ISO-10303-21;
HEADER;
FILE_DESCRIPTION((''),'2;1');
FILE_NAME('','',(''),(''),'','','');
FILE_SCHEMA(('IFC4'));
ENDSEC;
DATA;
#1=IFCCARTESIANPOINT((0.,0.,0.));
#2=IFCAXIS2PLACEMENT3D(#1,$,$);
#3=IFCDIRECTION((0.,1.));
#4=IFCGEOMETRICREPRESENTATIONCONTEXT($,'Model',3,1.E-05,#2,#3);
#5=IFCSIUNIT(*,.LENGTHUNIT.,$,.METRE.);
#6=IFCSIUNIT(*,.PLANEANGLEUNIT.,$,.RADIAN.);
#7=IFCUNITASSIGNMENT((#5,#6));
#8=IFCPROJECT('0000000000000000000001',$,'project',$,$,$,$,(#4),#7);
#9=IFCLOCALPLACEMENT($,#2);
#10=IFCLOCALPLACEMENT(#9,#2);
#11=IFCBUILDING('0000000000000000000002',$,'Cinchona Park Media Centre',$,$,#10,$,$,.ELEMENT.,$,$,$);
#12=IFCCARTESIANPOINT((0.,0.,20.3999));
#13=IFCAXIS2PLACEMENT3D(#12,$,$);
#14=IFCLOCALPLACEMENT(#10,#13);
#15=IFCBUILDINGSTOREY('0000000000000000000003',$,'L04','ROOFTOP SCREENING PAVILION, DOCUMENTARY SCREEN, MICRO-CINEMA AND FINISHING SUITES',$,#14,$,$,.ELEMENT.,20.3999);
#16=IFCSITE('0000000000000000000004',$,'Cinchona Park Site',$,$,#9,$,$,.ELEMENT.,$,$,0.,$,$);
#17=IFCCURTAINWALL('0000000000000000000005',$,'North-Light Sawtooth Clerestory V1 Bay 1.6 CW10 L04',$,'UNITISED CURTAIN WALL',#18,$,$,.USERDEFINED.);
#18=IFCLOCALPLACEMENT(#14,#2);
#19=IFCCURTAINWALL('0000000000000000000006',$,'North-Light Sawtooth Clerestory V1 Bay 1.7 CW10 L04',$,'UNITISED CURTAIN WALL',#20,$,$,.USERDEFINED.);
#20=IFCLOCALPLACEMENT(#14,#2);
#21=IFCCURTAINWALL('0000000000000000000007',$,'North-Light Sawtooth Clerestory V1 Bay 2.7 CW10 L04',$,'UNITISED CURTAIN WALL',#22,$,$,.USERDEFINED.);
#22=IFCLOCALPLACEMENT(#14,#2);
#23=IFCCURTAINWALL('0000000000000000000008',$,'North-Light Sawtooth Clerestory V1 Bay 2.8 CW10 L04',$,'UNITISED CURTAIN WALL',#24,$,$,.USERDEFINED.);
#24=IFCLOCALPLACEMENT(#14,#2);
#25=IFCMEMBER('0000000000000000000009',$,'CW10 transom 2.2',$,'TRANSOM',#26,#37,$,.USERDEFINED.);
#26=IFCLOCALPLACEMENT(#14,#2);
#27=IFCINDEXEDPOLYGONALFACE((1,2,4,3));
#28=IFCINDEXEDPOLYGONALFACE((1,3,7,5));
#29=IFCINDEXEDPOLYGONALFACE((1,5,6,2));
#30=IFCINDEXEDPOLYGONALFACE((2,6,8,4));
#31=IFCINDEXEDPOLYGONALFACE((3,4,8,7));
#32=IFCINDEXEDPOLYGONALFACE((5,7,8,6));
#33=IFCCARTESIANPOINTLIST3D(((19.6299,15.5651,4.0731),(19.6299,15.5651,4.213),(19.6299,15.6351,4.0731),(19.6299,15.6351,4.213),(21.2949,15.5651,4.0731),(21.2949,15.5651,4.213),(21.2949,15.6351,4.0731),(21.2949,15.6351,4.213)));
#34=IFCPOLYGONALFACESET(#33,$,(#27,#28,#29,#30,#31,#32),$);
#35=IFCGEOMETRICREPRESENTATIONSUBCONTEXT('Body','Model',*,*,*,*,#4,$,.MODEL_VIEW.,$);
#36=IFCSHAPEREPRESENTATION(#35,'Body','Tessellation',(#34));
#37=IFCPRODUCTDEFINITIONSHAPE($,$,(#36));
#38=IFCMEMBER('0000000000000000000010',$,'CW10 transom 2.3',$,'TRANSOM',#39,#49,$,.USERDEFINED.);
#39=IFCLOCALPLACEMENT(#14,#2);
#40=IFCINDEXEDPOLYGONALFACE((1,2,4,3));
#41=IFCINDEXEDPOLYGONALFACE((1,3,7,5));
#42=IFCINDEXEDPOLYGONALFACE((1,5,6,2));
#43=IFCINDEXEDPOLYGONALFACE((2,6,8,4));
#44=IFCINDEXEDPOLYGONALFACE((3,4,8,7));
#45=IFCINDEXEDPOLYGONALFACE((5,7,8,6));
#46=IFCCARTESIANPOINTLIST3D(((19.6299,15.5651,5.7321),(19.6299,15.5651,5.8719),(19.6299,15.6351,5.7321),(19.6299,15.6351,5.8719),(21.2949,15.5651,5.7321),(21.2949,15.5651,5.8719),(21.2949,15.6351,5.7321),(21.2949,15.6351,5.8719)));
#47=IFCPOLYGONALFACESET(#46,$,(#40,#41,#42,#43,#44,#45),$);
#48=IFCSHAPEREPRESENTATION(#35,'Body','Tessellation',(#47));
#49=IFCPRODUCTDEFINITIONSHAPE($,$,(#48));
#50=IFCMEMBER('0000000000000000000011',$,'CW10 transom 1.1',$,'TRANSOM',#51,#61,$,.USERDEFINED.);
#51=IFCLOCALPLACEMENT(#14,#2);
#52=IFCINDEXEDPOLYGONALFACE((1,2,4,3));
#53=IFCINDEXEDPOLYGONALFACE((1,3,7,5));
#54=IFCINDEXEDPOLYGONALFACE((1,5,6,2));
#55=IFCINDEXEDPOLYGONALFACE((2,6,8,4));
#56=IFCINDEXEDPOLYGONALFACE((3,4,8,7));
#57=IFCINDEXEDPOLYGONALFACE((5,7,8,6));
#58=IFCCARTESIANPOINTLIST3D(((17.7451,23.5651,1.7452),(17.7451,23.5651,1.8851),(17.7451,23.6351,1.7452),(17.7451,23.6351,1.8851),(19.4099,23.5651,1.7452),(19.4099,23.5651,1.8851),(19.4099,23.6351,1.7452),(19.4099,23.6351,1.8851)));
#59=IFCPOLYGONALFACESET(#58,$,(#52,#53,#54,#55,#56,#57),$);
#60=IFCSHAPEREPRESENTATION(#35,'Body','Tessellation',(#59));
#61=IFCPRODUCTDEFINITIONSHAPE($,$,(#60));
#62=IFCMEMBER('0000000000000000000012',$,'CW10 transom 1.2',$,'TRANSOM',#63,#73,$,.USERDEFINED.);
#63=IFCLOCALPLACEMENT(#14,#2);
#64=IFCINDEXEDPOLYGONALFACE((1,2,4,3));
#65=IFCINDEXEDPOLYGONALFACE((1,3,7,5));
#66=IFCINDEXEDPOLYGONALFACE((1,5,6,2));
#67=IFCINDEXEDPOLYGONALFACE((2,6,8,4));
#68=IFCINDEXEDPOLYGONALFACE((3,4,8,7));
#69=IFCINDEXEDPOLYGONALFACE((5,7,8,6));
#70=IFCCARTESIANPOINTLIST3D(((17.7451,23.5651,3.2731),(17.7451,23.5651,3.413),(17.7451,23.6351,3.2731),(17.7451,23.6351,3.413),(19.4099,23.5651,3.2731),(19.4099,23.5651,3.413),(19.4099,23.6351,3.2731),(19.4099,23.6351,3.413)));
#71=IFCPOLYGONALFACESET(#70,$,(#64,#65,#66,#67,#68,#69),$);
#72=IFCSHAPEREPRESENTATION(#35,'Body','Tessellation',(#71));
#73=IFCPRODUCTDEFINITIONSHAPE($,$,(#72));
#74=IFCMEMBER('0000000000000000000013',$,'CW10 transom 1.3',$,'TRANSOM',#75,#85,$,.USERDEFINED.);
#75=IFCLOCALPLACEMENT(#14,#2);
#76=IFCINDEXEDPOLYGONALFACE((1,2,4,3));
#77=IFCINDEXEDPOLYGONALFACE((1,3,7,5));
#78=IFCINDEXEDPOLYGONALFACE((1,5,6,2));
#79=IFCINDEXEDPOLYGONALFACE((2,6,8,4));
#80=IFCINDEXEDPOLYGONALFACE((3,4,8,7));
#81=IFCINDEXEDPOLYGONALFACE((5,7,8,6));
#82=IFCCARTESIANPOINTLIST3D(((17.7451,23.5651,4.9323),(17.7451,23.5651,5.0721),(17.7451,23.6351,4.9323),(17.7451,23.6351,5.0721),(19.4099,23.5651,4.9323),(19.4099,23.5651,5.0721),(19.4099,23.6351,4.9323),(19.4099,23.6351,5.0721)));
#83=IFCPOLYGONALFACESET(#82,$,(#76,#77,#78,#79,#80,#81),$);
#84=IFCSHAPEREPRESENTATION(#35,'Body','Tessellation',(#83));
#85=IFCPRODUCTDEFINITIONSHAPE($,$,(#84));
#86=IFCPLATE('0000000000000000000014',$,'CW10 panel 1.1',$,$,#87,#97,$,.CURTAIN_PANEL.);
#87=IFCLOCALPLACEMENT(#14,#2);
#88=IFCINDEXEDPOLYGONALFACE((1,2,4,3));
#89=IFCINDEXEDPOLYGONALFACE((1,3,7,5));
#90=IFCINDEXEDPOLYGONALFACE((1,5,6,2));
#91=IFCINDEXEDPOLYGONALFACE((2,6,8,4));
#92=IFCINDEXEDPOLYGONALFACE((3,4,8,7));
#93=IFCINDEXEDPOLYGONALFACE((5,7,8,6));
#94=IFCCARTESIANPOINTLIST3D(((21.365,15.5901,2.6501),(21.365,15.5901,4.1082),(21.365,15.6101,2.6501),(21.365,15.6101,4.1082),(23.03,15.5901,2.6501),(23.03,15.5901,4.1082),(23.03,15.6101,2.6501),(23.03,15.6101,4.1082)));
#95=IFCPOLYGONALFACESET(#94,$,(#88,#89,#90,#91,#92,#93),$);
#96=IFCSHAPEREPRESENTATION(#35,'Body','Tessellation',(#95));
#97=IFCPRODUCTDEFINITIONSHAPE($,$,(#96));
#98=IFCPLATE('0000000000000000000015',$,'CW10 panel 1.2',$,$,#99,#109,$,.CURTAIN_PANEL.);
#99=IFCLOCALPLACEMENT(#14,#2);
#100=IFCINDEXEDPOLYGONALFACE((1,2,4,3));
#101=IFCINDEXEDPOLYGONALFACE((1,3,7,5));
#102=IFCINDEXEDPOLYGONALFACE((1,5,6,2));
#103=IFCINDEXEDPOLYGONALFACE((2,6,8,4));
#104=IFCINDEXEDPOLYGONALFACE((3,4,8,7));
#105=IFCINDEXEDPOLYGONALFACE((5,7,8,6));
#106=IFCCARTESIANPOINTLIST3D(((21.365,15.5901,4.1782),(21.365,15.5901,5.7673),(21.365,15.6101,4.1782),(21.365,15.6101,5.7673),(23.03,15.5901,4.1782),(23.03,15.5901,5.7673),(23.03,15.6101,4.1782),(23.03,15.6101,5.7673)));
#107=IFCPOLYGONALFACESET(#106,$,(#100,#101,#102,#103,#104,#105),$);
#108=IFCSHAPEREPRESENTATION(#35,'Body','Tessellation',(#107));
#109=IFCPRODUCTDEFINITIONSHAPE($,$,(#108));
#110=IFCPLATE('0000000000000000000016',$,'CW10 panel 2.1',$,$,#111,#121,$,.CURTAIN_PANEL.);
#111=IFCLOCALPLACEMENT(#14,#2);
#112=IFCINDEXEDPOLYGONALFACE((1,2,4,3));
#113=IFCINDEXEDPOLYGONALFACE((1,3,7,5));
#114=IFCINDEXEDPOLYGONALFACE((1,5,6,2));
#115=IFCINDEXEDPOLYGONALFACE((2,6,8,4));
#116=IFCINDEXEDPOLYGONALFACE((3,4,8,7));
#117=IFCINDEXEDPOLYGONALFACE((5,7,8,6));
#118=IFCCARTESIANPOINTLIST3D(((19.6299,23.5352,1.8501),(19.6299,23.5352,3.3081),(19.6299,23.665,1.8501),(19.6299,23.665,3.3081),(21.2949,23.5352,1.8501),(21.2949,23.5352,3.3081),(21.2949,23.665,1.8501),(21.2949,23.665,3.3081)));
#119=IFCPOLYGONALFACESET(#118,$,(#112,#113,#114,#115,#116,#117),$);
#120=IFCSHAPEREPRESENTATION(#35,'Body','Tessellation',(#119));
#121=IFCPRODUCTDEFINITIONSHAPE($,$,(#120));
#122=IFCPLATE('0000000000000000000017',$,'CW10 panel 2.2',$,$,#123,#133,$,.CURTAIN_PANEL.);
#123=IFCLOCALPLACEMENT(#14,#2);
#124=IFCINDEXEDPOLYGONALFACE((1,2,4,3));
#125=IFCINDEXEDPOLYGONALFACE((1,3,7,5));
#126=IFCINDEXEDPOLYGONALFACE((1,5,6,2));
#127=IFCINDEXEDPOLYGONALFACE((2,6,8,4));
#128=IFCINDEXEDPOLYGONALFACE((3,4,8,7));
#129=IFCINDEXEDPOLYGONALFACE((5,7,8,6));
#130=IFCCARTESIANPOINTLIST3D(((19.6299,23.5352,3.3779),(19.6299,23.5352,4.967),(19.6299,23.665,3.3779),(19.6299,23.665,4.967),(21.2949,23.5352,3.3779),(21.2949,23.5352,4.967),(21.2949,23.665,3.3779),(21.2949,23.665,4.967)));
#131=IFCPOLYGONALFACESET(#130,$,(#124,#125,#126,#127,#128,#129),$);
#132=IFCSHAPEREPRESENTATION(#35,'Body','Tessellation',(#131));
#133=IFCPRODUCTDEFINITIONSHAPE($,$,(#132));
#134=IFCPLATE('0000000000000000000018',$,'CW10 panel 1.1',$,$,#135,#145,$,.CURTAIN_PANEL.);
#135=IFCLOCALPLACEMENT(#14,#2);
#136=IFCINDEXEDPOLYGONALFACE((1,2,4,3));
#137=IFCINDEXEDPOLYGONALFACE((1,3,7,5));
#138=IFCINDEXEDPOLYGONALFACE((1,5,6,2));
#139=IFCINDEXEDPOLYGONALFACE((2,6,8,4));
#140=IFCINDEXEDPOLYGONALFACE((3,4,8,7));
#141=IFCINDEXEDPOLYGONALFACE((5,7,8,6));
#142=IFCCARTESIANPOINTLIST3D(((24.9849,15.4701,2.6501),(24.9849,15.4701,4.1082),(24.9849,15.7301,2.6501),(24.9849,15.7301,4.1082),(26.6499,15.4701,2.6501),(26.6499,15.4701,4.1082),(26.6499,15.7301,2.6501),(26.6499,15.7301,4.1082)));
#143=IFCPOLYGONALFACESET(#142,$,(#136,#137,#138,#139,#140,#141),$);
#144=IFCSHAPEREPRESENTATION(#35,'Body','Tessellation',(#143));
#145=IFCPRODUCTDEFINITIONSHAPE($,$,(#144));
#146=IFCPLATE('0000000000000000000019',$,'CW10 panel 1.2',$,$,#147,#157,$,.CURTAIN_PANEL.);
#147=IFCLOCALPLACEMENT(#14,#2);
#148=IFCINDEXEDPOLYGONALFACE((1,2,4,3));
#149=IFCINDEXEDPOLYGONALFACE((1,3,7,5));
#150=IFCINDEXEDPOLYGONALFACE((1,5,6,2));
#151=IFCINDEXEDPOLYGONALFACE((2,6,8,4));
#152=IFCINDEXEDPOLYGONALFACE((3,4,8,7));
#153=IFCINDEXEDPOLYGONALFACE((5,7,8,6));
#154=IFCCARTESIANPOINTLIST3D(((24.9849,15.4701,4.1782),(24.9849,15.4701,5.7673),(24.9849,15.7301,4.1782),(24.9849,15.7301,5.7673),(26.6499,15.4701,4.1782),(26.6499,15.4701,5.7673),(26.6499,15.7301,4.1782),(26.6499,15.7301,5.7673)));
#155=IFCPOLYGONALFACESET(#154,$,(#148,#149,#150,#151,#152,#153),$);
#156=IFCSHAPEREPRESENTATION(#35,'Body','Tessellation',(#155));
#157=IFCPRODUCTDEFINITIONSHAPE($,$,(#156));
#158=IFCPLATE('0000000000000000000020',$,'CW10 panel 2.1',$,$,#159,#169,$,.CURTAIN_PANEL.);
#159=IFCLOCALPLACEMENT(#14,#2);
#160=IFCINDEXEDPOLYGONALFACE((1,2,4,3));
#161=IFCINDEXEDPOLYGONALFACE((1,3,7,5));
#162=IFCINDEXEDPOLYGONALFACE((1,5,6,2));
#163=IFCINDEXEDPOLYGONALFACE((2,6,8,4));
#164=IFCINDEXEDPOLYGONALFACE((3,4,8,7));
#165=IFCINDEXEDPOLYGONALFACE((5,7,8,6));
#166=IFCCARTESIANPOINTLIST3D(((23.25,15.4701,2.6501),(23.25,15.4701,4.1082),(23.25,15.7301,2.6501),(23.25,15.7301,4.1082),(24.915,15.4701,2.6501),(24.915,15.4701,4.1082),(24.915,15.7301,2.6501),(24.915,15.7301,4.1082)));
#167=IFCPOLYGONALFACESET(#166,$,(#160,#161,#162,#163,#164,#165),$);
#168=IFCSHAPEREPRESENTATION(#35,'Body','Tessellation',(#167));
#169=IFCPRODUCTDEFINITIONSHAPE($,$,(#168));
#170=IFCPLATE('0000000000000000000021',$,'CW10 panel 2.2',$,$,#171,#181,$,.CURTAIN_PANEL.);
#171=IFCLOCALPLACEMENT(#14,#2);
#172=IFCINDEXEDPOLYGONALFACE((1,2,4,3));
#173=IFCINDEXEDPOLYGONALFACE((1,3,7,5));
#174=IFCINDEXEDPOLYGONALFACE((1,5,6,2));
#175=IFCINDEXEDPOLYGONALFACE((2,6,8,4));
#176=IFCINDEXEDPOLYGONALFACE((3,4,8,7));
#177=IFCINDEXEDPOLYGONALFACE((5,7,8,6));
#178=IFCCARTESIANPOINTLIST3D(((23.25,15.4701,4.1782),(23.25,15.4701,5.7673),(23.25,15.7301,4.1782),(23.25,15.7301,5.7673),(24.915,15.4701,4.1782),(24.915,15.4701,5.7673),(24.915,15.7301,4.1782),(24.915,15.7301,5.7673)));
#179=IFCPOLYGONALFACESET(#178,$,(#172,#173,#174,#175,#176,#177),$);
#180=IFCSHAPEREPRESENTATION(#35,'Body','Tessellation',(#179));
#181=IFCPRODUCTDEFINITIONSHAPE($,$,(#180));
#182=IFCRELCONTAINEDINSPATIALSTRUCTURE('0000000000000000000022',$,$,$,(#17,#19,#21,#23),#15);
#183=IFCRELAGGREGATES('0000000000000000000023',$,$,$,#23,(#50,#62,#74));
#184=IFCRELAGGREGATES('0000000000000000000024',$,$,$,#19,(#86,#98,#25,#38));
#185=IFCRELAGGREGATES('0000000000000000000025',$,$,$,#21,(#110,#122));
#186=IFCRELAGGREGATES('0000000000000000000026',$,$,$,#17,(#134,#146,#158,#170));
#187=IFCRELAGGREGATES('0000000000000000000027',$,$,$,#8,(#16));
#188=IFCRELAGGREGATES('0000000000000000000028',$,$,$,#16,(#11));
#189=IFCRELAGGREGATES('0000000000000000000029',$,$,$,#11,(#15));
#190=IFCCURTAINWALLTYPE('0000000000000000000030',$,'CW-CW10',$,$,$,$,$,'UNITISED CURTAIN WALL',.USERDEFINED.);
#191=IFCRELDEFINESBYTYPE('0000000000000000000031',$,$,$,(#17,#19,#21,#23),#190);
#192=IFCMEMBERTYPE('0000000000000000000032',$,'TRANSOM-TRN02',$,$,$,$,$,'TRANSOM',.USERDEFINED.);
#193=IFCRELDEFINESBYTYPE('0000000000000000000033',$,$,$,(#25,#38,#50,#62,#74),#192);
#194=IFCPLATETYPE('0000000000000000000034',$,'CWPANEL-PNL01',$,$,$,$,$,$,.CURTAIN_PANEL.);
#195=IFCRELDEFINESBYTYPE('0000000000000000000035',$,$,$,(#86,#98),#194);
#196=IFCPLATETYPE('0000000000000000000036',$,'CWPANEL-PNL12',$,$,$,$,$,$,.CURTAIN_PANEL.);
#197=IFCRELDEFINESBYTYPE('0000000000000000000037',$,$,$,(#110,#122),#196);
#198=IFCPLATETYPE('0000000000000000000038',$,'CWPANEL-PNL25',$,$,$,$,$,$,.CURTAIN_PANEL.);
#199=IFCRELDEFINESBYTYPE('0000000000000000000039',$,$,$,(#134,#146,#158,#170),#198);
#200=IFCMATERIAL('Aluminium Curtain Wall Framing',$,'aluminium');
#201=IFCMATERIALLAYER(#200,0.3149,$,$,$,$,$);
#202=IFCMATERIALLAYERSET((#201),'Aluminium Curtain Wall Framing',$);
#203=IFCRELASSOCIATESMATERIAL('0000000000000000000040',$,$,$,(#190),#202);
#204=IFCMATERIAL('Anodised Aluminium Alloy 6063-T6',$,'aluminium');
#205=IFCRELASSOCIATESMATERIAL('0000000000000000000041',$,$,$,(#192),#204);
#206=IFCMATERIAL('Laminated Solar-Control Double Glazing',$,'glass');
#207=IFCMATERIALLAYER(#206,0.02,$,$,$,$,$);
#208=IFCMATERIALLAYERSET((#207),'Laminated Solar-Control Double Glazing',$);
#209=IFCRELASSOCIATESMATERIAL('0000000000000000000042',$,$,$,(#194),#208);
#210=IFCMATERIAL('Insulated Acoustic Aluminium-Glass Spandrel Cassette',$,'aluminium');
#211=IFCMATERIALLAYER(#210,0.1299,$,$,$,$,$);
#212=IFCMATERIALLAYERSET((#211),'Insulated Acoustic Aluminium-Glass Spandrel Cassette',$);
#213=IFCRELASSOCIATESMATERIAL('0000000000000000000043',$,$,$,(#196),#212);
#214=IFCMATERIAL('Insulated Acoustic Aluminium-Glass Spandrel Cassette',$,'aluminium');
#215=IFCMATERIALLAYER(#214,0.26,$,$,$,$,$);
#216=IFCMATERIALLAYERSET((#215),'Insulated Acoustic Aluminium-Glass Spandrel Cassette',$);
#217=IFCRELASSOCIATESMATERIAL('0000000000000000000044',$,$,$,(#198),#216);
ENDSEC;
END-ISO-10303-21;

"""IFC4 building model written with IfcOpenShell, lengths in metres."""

from ifc_helpers import new_model, si_unit, direction, frame, origin, origin_2d, place, context, subcontext, project, spatial, rectangle, extrude, material, layer, layer_set, material_profile, profile_set, type_object, element, aggregate, save


model = new_model("IFC4")

# Units and contexts
model_context = context("Model", 3, precision=1e-05, world=origin(), true_north=direction((0.0, 1.0)))
body_context = subcontext(model_context, "Body", "Model", "MODEL_VIEW")
ifc_project = project(units=[si_unit("LENGTHUNIT", "METRE"), si_unit("PLANEANGLEUNIT", "RADIAN")], contexts=[model_context])

# Site, building, storey
site_placement = place(None, origin())
site = spatial("IfcSite", under=ifc_project, at=site_placement, Name="Cinchona Park Site", CompositionType="ELEMENT", RefElevation=0.0)
building_placement = place(site_placement, origin())
building = spatial("IfcBuilding", under=site, at=building_placement, Name="Cinchona Park Media Centre", CompositionType="ELEMENT")
storey_placement = place(building_placement, frame((0.0, 0.0, 20.3999)))
storey = spatial("IfcBuildingStorey", under=building, at=storey_placement, Name="L04", Description="ROOFTOP SCREENING PAVILION, DOCUMENTARY SCREEN, MICRO-CINEMA AND FINISHING SUITES", CompositionType="ELEMENT", Elevation=20.3999)

# Curtain walls
ifc_material_1 = material(Name="Aluminium Curtain Wall Framing", Category="aluminium")
ifc_layer_1 = layer(ifc_material_1, 0.3149)
ifc_layer_set_1 = layer_set([ifc_layer_1], Name="Aluminium Curtain Wall Framing")
curtain_wall_type = type_object("IfcCurtainWallType", Name="CW-CW10", ElementType="UNITISED CURTAIN WALL", PredefinedType="USERDEFINED", material=ifc_layer_set_1)
curtain_wall_1_placement = place(storey_placement, origin())
curtain_wall_1 = element("IfcCurtainWall", 1, at=curtain_wall_1_placement, inside=storey, type_object=curtain_wall_type, Name="North-Light Sawtooth Clerestory V1 Bay 1.6 CW10 L04", ObjectType="UNITISED CURTAIN WALL", PredefinedType="USERDEFINED")
curtain_wall_2_placement = place(storey_placement, origin())
curtain_wall_2 = element("IfcCurtainWall", 2, at=curtain_wall_2_placement, inside=storey, type_object=curtain_wall_type, Name="North-Light Sawtooth Clerestory V1 Bay 1.7 CW10 L04", ObjectType="UNITISED CURTAIN WALL", PredefinedType="USERDEFINED")

# Curtain walls
curtain_wall_3_placement = place(storey_placement, origin())
curtain_wall_3 = element("IfcCurtainWall", 3, at=curtain_wall_3_placement, inside=storey, type_object=curtain_wall_type, Name="North-Light Sawtooth Clerestory V1 Bay 2.7 CW10 L04", ObjectType="UNITISED CURTAIN WALL", PredefinedType="USERDEFINED")
curtain_wall_4_placement = place(storey_placement, origin())
curtain_wall_4 = element("IfcCurtainWall", 4, at=curtain_wall_4_placement, inside=storey, type_object=curtain_wall_type, Name="North-Light Sawtooth Clerestory V1 Bay 2.8 CW10 L04", ObjectType="UNITISED CURTAIN WALL", PredefinedType="USERDEFINED")

# Members
ifc_material_2 = material(Name="Anodised Aluminium Alloy 6063-T6", Category="aluminium")
ifc_material_profile_1 = material_profile(ifc_material_2, rectangle(XDim=0.0701, YDim=0.1399, at=origin_2d()), Name="TRN-70X140")
ifc_profile_set_1 = profile_set([ifc_material_profile_1], Name="Anodised Aluminium Alloy 6063-T6")
member_type_1 = type_object("IfcMemberType", Name="TRANSOM-TRN02", ElementType="TRANSOM", PredefinedType="USERDEFINED", material=ifc_profile_set_1)
member_1_placement = place(storey_placement, frame((21.2949, 15.6001, 4.1431), z_axis=(-1.0, 0.0, 0.0), x_axis=(0.0, -1.0, 0.0)))
member_1 = element("IfcMember", 5, at=member_1_placement, type_object=member_type_1, Name="CW10 transom 2.2", ObjectType="TRANSOM", PredefinedType="USERDEFINED", context=body_context, shape_type="SweptSolid", body=[
    extrude(rectangle(XDim=0.0701, YDim=0.1399, at=origin_2d()), origin(), (0.0, 0.0, 1.0), 1.665),
])
member_2_placement = place(storey_placement, frame((21.2949, 15.6001, 5.802), z_axis=(-1.0, 0.0, 0.0), x_axis=(0.0, -1.0, 0.0)))
member_2 = element("IfcMember", 6, at=member_2_placement, type_object=member_type_1, Name="CW10 transom 2.3", ObjectType="TRANSOM", PredefinedType="USERDEFINED", context=body_context, shape_type="SweptSolid", body=[
    extrude(rectangle(XDim=0.0701, YDim=0.1399, at=origin_2d()), origin(), (0.0, 0.0, 1.0), 1.665),
])
member_3_placement = place(storey_placement, frame((19.4099, 23.6001, 1.8152), z_axis=(-1.0, 0.0, 0.0), x_axis=(0.0, -1.0, 0.0)))
member_3 = element("IfcMember", 7, at=member_3_placement, type_object=member_type_1, Name="CW10 transom 1.1", ObjectType="TRANSOM", PredefinedType="USERDEFINED", context=body_context, shape_type="SweptSolid", body=[
    extrude(rectangle(XDim=0.0701, YDim=0.1399, at=origin_2d()), origin(), (0.0, 0.0, 1.0), 1.6648),
])
member_4_placement = place(storey_placement, frame((19.4099, 23.6001, 3.343), z_axis=(-1.0, 0.0, 0.0), x_axis=(0.0, -1.0, 0.0)))
member_4 = element("IfcMember", 8, at=member_4_placement, type_object=member_type_1, Name="CW10 transom 1.2", ObjectType="TRANSOM", PredefinedType="USERDEFINED", context=body_context, shape_type="SweptSolid", body=[
    extrude(rectangle(XDim=0.0701, YDim=0.1399, at=origin_2d()), origin(), (0.0, 0.0, 1.0), 1.6648),
])
member_5_placement = place(storey_placement, frame((19.4099, 23.6001, 5.0022), z_axis=(-1.0, 0.0, 0.0), x_axis=(0.0, -1.0, 0.0)))
member_5 = element("IfcMember", 9, at=member_5_placement, type_object=member_type_1, Name="CW10 transom 1.3", ObjectType="TRANSOM", PredefinedType="USERDEFINED", context=body_context, shape_type="SweptSolid", body=[
    extrude(rectangle(XDim=0.0701, YDim=0.1399, at=origin_2d()), origin(), (0.0, 0.0, 1.0), 1.6648),
])
aggregate(curtain_wall_4, [member_3, member_4, member_5])

# Plates
ifc_material_3 = material(Name="Laminated Solar-Control Double Glazing", Category="glass")
ifc_layer_2 = layer(ifc_material_3, 0.02)
ifc_layer_set_2 = layer_set([ifc_layer_2], Name="Laminated Solar-Control Double Glazing")
plate_type_1 = type_object("IfcPlateType", Name="CWPANEL-PNL01", PredefinedType="CURTAIN_PANEL", material=ifc_layer_set_2)
plate_1_placement = place(storey_placement, frame((22.1975, 15.6001, 2.6501), z_axis=(0.0, 0.0, 1.0), x_axis=(-1.0, 0.0, 0.0)))
plate_1 = element("IfcPlate", 10, at=plate_1_placement, type_object=plate_type_1, Name="CW10 panel 1.1", PredefinedType="CURTAIN_PANEL", context=body_context, shape_type="SweptSolid", body=[
    extrude(rectangle(XDim=1.665, YDim=0.02, at=origin_2d()), origin(), (0.0, 0.0, 1.0), 1.458),
])
plate_2_placement = place(storey_placement, frame((22.1975, 15.6001, 4.1782), z_axis=(0.0, 0.0, 1.0), x_axis=(-1.0, 0.0, 0.0)))
plate_2 = element("IfcPlate", 11, at=plate_2_placement, type_object=plate_type_1, Name="CW10 panel 1.2", PredefinedType="CURTAIN_PANEL", context=body_context, shape_type="SweptSolid", body=[
    extrude(rectangle(XDim=1.665, YDim=0.02, at=origin_2d()), origin(), (0.0, 0.0, 1.0), 1.5891),
])
aggregate(curtain_wall_2, [plate_1, plate_2, member_1, member_2])
ifc_material_4 = material(Name="Insulated Acoustic Aluminium-Glass Spandrel Cassette", Category="aluminium")
ifc_layer_3 = layer(ifc_material_4, 0.1299)
ifc_layer_set_3 = layer_set([ifc_layer_3], Name="Insulated Acoustic Aluminium-Glass Spandrel Cassette")
plate_type_2 = type_object("IfcPlateType", Name="CWPANEL-PNL12", PredefinedType="CURTAIN_PANEL", material=ifc_layer_set_3)
plate_3_placement = place(storey_placement, frame((20.4624, 23.6001, 1.8501), z_axis=(0.0, 0.0, 1.0), x_axis=(-1.0, 0.0, 0.0)))
plate_3 = element("IfcPlate", 12, at=plate_3_placement, type_object=plate_type_2, Name="CW10 panel 2.1", PredefinedType="CURTAIN_PANEL", context=body_context, shape_type="SweptSolid", body=[
    extrude(rectangle(XDim=1.665, YDim=0.1299, at=origin_2d()), origin(), (0.0, 0.0, 1.0), 1.458),
])
plate_4_placement = place(storey_placement, frame((20.4624, 23.6001, 3.3779), z_axis=(0.0, 0.0, 1.0), x_axis=(-1.0, 0.0, 0.0)))
plate_4 = element("IfcPlate", 13, at=plate_4_placement, type_object=plate_type_2, Name="CW10 panel 2.2", PredefinedType="CURTAIN_PANEL", context=body_context, shape_type="SweptSolid", body=[
    extrude(rectangle(XDim=1.665, YDim=0.1299, at=origin_2d()), origin(), (0.0, 0.0, 1.0), 1.5891),
])
aggregate(curtain_wall_3, [plate_3, plate_4])
ifc_material_5 = material(Name="Insulated Acoustic Aluminium-Glass Spandrel Cassette", Category="aluminium")
ifc_layer_4 = layer(ifc_material_5, 0.26)
ifc_layer_set_4 = layer_set([ifc_layer_4], Name="Insulated Acoustic Aluminium-Glass Spandrel Cassette")
plate_type_3 = type_object("IfcPlateType", Name="CWPANEL-PNL25", PredefinedType="CURTAIN_PANEL", material=ifc_layer_set_4)
plate_5_placement = place(storey_placement, frame((25.8174, 15.6001, 2.6501), z_axis=(0.0, 0.0, 1.0), x_axis=(-1.0, 0.0, 0.0)))
plate_5 = element("IfcPlate", 14, at=plate_5_placement, type_object=plate_type_3, Name="CW10 panel 1.1", PredefinedType="CURTAIN_PANEL", context=body_context, shape_type="SweptSolid", body=[
    extrude(rectangle(XDim=1.665, YDim=0.26, at=origin_2d()), origin(), (0.0, 0.0, 1.0), 1.458),
])
plate_6_placement = place(storey_placement, frame((25.8174, 15.6001, 4.1782), z_axis=(0.0, 0.0, 1.0), x_axis=(-1.0, 0.0, 0.0)))
plate_6 = element("IfcPlate", 15, at=plate_6_placement, type_object=plate_type_3, Name="CW10 panel 1.2", PredefinedType="CURTAIN_PANEL", context=body_context, shape_type="SweptSolid", body=[
    extrude(rectangle(XDim=1.665, YDim=0.26, at=origin_2d()), origin(), (0.0, 0.0, 1.0), 1.5891),
])
plate_7_placement = place(storey_placement, frame((24.0825, 15.6001, 2.6501), z_axis=(0.0, 0.0, 1.0), x_axis=(-1.0, 0.0, 0.0)))
plate_7 = element("IfcPlate", 16, at=plate_7_placement, type_object=plate_type_3, Name="CW10 panel 2.1", PredefinedType="CURTAIN_PANEL", context=body_context, shape_type="SweptSolid", body=[
    extrude(rectangle(XDim=1.665, YDim=0.26, at=origin_2d()), origin(), (0.0, 0.0, 1.0), 1.458),
])
plate_8_placement = place(storey_placement, frame((24.0825, 15.6001, 4.1782), z_axis=(0.0, 0.0, 1.0), x_axis=(-1.0, 0.0, 0.0)))
plate_8 = element("IfcPlate", 17, at=plate_8_placement, type_object=plate_type_3, Name="CW10 panel 2.2", PredefinedType="CURTAIN_PANEL", context=body_context, shape_type="SweptSolid", body=[
    extrude(rectangle(XDim=1.665, YDim=0.26, at=origin_2d()), origin(), (0.0, 0.0, 1.0), 1.5891),
])
aggregate(curtain_wall_1, [plate_5, plate_6, plate_7, plate_8])

save(model, "model.ifc")
